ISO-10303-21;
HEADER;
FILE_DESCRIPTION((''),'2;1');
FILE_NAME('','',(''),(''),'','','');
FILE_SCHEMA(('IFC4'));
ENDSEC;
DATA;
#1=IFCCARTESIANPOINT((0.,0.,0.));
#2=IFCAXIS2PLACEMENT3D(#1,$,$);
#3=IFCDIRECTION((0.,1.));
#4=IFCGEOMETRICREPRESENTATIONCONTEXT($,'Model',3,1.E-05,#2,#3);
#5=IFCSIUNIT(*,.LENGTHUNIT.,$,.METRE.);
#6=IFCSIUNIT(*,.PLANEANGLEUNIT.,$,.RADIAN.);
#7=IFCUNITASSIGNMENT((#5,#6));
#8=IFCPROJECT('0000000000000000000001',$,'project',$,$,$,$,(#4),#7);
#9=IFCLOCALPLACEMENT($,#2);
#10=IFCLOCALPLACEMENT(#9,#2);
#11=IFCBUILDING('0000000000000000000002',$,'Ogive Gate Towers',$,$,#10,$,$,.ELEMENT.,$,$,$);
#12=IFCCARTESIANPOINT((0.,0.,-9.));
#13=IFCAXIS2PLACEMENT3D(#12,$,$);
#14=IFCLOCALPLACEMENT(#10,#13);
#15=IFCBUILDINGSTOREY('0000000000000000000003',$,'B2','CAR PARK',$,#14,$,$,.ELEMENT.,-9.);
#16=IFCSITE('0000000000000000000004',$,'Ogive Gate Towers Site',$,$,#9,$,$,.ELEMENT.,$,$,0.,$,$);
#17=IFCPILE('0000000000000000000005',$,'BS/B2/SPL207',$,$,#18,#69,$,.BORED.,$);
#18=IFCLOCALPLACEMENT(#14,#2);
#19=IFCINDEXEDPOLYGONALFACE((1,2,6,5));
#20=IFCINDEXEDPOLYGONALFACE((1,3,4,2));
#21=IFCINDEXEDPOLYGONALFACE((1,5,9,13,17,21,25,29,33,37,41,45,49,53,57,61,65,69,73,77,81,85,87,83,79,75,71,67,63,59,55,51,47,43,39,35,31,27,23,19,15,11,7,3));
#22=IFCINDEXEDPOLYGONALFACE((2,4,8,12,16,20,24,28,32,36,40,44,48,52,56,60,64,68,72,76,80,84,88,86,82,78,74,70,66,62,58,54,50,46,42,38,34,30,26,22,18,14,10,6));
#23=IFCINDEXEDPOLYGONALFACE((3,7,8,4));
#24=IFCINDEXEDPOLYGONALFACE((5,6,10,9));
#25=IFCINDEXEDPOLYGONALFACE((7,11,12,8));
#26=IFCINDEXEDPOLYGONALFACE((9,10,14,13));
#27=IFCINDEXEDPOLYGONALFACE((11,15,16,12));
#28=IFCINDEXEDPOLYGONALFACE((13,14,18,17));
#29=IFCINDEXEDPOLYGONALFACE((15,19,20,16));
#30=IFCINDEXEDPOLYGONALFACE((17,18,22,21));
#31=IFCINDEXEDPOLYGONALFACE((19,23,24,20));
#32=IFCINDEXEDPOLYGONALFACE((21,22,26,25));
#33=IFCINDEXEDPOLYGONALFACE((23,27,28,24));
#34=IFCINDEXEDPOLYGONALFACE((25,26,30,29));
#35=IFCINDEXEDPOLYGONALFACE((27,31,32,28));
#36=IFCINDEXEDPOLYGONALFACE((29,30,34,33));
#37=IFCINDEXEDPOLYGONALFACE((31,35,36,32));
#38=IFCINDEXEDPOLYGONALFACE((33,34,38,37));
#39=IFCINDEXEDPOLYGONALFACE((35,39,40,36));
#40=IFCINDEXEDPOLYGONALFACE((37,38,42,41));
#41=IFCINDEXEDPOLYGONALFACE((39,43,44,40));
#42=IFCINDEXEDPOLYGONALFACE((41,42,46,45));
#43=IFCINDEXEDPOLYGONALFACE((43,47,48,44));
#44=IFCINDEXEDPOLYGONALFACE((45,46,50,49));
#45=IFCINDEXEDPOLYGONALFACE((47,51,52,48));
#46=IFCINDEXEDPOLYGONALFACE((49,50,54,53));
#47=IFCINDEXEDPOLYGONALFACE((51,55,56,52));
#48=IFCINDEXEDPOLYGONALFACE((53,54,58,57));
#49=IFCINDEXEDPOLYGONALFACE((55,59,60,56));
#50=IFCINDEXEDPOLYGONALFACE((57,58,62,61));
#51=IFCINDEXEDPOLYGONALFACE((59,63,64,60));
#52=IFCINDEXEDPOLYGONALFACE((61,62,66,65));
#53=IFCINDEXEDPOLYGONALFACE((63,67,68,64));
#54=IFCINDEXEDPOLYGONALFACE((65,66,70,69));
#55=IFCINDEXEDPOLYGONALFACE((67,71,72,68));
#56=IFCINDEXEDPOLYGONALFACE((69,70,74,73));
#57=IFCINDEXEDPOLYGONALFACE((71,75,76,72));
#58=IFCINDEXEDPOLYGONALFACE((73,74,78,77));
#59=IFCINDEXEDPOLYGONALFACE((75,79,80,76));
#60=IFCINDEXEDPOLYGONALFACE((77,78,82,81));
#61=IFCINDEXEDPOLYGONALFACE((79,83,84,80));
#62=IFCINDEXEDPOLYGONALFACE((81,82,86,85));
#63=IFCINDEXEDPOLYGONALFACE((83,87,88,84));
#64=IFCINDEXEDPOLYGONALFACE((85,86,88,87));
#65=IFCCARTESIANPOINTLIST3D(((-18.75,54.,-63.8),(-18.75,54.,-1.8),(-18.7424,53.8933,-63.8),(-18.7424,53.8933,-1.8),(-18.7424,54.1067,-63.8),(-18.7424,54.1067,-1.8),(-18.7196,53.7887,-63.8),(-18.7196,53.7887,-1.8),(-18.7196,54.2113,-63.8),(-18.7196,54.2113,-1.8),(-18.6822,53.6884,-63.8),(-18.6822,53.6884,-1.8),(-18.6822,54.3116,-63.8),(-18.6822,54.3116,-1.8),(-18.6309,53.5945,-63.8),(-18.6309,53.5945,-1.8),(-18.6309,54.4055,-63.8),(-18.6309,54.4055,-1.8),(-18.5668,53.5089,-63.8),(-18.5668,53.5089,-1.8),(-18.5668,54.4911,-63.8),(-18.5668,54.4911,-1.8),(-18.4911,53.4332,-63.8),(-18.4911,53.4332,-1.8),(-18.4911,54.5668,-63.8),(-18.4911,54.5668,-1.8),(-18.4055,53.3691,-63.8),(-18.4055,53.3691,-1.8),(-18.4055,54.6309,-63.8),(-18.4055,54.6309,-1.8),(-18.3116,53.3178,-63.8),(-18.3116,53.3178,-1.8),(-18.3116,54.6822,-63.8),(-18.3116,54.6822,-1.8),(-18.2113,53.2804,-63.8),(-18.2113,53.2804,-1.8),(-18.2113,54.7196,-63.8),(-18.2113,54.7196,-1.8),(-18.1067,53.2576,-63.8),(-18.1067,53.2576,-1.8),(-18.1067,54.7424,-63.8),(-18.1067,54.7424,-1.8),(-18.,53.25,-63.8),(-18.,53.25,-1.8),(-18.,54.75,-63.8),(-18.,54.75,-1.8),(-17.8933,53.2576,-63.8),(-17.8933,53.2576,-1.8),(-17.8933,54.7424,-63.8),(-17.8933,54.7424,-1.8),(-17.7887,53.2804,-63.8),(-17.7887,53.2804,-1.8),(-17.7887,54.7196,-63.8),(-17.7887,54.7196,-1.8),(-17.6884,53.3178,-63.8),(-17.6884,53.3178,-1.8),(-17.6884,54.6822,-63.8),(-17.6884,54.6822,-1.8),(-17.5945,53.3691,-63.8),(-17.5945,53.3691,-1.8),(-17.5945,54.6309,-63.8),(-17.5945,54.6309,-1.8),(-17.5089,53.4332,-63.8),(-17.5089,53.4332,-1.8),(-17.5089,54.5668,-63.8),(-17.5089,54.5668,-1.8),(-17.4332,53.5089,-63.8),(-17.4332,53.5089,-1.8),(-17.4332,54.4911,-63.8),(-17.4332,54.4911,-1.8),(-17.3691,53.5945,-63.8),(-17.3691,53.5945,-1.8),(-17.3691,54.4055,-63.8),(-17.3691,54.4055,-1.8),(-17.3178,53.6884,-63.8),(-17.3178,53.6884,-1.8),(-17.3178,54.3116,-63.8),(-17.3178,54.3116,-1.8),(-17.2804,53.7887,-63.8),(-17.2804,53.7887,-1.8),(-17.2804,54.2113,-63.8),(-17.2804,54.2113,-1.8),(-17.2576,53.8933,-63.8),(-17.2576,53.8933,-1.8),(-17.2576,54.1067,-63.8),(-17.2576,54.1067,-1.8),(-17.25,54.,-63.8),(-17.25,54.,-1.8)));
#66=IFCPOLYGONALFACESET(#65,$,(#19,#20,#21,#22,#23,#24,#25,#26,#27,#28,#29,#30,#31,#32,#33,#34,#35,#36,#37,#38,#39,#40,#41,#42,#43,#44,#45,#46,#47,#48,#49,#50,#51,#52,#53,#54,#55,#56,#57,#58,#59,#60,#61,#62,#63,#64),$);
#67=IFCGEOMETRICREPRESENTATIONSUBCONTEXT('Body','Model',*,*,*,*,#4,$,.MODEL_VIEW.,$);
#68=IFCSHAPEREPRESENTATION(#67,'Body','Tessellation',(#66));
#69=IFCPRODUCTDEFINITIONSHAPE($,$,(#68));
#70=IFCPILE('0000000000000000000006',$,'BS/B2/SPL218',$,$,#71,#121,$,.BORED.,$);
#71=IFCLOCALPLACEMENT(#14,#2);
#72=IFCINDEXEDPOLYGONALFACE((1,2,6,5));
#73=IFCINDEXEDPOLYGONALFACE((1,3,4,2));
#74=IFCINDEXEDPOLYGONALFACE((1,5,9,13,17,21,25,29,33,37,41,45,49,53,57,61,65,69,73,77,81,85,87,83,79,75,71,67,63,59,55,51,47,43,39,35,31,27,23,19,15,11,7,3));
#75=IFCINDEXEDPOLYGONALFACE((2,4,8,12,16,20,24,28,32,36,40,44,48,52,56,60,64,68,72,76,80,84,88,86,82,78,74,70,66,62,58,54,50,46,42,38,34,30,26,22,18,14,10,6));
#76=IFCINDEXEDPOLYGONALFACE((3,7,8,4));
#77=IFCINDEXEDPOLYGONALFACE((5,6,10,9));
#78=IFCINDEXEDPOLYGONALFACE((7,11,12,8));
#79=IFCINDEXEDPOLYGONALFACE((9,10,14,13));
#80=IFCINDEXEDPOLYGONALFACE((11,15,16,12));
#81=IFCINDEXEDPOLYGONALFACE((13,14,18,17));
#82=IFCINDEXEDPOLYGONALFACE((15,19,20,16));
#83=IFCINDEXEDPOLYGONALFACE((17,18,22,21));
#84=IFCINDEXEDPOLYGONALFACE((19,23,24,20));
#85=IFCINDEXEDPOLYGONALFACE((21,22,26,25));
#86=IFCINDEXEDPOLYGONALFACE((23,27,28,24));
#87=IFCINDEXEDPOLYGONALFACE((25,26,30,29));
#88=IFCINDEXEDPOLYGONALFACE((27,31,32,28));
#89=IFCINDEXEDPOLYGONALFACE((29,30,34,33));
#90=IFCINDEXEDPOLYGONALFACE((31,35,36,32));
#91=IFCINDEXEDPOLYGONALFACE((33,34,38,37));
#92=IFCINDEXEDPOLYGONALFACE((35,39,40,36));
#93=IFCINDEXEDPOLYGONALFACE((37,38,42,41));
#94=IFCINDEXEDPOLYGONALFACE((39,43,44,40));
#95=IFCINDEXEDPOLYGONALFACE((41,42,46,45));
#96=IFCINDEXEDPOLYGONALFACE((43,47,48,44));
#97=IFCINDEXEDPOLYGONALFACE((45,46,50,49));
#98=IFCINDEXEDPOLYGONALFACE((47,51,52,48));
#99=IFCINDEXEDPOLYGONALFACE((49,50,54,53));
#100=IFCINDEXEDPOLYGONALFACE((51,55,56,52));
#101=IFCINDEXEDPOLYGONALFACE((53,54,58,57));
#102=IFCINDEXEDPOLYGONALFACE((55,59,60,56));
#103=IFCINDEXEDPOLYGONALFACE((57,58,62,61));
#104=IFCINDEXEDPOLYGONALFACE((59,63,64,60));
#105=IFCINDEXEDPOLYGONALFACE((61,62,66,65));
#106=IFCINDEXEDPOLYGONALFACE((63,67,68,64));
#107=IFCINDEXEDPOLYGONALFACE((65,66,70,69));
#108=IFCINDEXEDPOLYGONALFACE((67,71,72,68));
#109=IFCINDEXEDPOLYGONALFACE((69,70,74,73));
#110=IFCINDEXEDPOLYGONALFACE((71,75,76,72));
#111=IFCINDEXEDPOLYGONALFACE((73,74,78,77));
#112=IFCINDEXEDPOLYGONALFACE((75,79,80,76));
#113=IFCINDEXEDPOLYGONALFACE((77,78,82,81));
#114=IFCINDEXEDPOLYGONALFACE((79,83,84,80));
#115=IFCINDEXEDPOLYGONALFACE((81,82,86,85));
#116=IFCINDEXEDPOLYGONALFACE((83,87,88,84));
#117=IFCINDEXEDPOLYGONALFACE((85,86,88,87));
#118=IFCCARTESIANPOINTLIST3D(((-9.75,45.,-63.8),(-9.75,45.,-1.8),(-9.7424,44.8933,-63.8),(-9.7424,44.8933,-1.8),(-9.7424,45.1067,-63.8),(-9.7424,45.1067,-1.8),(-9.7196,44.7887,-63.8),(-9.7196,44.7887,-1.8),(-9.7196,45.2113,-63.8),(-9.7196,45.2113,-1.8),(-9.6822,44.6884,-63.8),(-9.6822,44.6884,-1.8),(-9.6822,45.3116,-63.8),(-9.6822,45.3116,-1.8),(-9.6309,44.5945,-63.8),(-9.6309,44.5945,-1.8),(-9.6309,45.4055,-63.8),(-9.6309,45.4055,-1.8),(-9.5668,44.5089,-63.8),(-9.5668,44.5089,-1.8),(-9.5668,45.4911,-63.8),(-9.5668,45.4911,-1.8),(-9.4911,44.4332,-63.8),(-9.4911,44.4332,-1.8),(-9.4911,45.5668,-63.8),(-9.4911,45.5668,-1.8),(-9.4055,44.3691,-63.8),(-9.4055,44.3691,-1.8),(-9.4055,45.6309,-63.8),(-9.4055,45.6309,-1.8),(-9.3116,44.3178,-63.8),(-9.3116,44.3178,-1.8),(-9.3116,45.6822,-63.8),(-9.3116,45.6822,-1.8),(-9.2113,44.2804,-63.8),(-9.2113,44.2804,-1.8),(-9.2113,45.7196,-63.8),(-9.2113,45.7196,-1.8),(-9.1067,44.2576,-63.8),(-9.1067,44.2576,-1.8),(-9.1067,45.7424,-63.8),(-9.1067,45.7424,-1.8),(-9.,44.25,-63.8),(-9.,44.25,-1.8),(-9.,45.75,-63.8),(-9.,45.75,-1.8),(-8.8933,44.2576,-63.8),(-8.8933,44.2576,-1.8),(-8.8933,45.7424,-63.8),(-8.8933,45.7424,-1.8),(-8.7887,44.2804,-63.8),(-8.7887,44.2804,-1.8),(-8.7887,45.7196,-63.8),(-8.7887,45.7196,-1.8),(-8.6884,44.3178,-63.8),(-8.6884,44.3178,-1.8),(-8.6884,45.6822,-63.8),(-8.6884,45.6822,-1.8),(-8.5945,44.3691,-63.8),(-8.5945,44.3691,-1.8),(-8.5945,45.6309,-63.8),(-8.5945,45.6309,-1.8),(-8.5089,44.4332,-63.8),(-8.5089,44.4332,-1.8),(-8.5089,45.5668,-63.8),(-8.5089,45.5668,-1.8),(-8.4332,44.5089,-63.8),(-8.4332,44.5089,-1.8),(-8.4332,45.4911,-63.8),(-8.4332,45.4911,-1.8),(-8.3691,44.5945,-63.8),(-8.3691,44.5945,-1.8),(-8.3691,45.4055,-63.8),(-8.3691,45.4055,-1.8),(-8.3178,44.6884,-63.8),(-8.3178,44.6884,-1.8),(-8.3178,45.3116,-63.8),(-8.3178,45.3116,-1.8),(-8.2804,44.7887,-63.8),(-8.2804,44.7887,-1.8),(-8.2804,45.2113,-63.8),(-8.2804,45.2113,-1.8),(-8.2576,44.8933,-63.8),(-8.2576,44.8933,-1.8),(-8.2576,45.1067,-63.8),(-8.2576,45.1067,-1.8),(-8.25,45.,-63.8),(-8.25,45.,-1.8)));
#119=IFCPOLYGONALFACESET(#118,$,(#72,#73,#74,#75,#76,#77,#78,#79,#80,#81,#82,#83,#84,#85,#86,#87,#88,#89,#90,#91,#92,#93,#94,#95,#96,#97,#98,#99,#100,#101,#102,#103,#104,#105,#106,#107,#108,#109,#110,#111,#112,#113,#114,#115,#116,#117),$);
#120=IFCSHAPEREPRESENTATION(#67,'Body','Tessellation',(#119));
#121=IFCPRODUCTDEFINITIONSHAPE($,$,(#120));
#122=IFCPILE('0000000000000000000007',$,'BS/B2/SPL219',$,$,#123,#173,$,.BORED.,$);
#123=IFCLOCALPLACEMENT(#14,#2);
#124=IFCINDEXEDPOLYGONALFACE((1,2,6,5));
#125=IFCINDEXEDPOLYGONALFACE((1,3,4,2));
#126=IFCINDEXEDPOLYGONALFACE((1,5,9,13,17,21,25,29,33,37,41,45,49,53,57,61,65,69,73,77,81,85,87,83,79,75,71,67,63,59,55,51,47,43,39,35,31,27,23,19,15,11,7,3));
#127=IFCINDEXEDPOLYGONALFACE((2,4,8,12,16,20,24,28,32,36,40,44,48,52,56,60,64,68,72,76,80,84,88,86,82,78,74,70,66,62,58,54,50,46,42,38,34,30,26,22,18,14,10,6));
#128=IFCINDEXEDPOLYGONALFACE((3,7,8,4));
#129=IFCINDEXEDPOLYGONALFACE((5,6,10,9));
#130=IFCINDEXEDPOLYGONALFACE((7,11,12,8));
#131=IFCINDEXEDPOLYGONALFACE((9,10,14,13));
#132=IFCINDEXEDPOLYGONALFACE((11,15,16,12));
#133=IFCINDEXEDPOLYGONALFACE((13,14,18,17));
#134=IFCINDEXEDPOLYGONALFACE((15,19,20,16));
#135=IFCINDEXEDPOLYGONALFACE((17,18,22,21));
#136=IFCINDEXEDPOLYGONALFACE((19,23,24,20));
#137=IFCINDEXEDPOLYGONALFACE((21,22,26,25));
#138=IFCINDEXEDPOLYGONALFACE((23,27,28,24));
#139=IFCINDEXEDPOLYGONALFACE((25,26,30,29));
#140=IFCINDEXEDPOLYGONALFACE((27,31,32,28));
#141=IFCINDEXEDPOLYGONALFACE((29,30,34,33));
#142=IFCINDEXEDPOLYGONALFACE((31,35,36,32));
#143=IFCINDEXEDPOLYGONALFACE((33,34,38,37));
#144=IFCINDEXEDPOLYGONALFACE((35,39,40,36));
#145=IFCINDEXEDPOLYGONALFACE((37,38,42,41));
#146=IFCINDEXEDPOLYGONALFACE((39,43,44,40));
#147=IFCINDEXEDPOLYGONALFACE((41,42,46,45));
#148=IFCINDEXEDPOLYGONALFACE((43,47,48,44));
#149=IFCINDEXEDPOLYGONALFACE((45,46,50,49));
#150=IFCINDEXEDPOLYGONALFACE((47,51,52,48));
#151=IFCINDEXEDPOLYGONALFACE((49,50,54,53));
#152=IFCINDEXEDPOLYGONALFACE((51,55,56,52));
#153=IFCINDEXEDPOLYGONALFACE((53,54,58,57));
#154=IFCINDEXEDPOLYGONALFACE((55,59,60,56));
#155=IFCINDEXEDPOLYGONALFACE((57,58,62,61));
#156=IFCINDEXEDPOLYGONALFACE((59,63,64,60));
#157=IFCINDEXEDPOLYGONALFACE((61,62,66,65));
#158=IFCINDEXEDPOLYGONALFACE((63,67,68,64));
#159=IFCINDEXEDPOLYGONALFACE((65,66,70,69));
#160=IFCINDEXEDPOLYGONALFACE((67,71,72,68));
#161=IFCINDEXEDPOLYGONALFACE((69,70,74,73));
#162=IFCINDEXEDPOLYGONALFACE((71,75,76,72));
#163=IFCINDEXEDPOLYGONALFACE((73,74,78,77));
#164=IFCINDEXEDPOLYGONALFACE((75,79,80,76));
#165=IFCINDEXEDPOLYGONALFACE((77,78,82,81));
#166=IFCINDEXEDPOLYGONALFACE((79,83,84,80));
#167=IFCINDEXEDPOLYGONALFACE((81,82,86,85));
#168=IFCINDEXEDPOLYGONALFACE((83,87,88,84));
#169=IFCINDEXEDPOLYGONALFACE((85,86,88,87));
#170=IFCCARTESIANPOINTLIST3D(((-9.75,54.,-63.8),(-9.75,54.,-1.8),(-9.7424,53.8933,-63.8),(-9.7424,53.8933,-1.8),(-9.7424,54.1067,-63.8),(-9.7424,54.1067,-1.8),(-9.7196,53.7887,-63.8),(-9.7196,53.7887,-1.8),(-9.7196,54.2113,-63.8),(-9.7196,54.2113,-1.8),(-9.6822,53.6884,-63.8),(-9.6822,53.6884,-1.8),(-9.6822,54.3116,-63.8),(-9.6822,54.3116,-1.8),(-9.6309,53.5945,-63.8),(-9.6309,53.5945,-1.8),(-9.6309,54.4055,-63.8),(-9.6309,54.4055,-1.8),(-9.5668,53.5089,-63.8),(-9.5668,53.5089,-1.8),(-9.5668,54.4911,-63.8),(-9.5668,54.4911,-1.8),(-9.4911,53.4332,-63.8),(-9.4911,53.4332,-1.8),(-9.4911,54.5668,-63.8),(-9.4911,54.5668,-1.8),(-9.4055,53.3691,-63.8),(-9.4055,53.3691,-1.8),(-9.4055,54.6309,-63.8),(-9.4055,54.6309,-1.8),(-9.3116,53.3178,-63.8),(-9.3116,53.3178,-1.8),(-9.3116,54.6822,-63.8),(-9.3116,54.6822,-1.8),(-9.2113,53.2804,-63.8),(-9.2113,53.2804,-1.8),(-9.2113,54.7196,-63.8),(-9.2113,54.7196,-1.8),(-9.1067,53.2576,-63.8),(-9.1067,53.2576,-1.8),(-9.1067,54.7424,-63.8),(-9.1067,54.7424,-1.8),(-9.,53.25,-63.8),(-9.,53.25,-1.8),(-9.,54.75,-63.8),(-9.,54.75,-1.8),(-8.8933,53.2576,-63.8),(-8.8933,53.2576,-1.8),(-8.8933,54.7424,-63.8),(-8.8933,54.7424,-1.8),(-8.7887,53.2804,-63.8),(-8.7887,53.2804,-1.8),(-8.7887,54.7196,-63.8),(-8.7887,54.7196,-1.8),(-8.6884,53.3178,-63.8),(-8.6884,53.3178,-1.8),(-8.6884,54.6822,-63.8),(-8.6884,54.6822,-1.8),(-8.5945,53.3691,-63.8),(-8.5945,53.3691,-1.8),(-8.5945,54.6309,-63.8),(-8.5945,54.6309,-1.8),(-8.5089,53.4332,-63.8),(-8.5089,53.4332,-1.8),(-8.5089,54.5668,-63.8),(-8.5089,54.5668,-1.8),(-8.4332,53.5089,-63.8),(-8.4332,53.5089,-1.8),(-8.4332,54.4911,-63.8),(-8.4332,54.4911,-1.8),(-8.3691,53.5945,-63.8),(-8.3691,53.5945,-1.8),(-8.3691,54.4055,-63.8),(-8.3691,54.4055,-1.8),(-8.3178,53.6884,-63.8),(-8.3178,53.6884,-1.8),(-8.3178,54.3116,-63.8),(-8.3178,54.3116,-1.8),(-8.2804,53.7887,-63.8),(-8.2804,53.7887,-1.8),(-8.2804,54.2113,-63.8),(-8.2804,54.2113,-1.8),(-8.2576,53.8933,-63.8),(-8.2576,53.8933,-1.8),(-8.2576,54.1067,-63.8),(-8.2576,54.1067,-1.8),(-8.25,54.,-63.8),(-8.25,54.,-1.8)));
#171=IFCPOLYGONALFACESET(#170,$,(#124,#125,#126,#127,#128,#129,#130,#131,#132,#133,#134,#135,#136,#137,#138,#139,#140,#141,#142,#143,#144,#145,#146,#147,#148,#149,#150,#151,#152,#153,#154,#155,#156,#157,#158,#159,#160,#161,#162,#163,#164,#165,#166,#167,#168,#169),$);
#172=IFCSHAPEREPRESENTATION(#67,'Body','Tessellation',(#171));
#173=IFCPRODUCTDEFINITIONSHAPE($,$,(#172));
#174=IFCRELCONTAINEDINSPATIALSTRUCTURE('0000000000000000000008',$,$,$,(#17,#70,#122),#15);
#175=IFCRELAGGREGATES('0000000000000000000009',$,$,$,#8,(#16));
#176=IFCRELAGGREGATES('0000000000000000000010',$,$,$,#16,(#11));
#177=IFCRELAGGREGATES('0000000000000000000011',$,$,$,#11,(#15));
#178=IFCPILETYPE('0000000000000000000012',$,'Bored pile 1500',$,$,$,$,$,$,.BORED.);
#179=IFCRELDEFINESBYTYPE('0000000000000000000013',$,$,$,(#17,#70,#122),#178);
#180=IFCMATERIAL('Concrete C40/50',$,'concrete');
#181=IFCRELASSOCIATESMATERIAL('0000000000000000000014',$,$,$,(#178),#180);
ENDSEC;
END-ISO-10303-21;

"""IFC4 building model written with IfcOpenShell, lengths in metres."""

from ifc_helpers import new_model, si_unit, direction, frame, origin, origin_2d, place, context, subcontext, project, spatial, circle, extrude, material, material_profile, profile_set, type_object, element, save


model = new_model("IFC4")

# Units and contexts
model_context = context("Model", 3, precision=1e-05, world=origin(), true_north=direction((0.0, 1.0)))
body_context = subcontext(model_context, "Body", "Model", "MODEL_VIEW")
ifc_project = project(units=[si_unit("LENGTHUNIT", "METRE"), si_unit("PLANEANGLEUNIT", "RADIAN")], contexts=[model_context])

# Site, building, storey
site_placement = place(None, origin())
site = spatial("IfcSite", under=ifc_project, at=site_placement, Name="Ogive Gate Towers Site", CompositionType="ELEMENT", RefElevation=0.0)
building_placement = place(site_placement, origin())
building = spatial("IfcBuilding", under=site, at=building_placement, Name="Ogive Gate Towers", CompositionType="ELEMENT")
storey_placement = place(building_placement, frame((0.0, 0.0, -9.0)))
storey = spatial("IfcBuildingStorey", under=building, at=storey_placement, Name="B2", Description="CAR PARK", CompositionType="ELEMENT", Elevation=-9.0)

# Piles
ifc_material_1 = material(Name="Concrete C40/50", Category="concrete")
ifc_material_profile_1 = material_profile(ifc_material_1, circle(Radius=0.75, at=origin_2d()), Name="BP 1500")
ifc_profile_set_1 = profile_set([ifc_material_profile_1], Name="Concrete C40/50")
pile_type = type_object("IfcPileType", Name="Bored pile 1500", PredefinedType="BORED", material=ifc_profile_set_1)
for number, where, z_axis, x_axis, name in (
    (1, (-18.0, 54.0, -1.8), (0.0, 0.0, -1.0), (1.0, 0.0, 0.0), "BS/B2/SPL207"),
    (2, (-9.0, 45.0, -1.8), (0.0, 0.0, -1.0), (1.0, 0.0, 0.0), "BS/B2/SPL218"),
    (3, (-9.0, 54.0, -1.8), (0.0, 0.0, -1.0), (1.0, 0.0, 0.0), "BS/B2/SPL219"),
):
    element("IfcPile", number, at=place(storey_placement, frame(where, z_axis=z_axis, x_axis=x_axis)), inside=storey, type_object=pile_type, Name=name, PredefinedType="BORED", context=body_context, shape_type="SweptSolid", body=[
        extrude(circle(Radius=0.75, at=origin_2d()), origin(), (0.0, 0.0, 1.0), 62.0),
    ])

save(model, "model.ifc")
